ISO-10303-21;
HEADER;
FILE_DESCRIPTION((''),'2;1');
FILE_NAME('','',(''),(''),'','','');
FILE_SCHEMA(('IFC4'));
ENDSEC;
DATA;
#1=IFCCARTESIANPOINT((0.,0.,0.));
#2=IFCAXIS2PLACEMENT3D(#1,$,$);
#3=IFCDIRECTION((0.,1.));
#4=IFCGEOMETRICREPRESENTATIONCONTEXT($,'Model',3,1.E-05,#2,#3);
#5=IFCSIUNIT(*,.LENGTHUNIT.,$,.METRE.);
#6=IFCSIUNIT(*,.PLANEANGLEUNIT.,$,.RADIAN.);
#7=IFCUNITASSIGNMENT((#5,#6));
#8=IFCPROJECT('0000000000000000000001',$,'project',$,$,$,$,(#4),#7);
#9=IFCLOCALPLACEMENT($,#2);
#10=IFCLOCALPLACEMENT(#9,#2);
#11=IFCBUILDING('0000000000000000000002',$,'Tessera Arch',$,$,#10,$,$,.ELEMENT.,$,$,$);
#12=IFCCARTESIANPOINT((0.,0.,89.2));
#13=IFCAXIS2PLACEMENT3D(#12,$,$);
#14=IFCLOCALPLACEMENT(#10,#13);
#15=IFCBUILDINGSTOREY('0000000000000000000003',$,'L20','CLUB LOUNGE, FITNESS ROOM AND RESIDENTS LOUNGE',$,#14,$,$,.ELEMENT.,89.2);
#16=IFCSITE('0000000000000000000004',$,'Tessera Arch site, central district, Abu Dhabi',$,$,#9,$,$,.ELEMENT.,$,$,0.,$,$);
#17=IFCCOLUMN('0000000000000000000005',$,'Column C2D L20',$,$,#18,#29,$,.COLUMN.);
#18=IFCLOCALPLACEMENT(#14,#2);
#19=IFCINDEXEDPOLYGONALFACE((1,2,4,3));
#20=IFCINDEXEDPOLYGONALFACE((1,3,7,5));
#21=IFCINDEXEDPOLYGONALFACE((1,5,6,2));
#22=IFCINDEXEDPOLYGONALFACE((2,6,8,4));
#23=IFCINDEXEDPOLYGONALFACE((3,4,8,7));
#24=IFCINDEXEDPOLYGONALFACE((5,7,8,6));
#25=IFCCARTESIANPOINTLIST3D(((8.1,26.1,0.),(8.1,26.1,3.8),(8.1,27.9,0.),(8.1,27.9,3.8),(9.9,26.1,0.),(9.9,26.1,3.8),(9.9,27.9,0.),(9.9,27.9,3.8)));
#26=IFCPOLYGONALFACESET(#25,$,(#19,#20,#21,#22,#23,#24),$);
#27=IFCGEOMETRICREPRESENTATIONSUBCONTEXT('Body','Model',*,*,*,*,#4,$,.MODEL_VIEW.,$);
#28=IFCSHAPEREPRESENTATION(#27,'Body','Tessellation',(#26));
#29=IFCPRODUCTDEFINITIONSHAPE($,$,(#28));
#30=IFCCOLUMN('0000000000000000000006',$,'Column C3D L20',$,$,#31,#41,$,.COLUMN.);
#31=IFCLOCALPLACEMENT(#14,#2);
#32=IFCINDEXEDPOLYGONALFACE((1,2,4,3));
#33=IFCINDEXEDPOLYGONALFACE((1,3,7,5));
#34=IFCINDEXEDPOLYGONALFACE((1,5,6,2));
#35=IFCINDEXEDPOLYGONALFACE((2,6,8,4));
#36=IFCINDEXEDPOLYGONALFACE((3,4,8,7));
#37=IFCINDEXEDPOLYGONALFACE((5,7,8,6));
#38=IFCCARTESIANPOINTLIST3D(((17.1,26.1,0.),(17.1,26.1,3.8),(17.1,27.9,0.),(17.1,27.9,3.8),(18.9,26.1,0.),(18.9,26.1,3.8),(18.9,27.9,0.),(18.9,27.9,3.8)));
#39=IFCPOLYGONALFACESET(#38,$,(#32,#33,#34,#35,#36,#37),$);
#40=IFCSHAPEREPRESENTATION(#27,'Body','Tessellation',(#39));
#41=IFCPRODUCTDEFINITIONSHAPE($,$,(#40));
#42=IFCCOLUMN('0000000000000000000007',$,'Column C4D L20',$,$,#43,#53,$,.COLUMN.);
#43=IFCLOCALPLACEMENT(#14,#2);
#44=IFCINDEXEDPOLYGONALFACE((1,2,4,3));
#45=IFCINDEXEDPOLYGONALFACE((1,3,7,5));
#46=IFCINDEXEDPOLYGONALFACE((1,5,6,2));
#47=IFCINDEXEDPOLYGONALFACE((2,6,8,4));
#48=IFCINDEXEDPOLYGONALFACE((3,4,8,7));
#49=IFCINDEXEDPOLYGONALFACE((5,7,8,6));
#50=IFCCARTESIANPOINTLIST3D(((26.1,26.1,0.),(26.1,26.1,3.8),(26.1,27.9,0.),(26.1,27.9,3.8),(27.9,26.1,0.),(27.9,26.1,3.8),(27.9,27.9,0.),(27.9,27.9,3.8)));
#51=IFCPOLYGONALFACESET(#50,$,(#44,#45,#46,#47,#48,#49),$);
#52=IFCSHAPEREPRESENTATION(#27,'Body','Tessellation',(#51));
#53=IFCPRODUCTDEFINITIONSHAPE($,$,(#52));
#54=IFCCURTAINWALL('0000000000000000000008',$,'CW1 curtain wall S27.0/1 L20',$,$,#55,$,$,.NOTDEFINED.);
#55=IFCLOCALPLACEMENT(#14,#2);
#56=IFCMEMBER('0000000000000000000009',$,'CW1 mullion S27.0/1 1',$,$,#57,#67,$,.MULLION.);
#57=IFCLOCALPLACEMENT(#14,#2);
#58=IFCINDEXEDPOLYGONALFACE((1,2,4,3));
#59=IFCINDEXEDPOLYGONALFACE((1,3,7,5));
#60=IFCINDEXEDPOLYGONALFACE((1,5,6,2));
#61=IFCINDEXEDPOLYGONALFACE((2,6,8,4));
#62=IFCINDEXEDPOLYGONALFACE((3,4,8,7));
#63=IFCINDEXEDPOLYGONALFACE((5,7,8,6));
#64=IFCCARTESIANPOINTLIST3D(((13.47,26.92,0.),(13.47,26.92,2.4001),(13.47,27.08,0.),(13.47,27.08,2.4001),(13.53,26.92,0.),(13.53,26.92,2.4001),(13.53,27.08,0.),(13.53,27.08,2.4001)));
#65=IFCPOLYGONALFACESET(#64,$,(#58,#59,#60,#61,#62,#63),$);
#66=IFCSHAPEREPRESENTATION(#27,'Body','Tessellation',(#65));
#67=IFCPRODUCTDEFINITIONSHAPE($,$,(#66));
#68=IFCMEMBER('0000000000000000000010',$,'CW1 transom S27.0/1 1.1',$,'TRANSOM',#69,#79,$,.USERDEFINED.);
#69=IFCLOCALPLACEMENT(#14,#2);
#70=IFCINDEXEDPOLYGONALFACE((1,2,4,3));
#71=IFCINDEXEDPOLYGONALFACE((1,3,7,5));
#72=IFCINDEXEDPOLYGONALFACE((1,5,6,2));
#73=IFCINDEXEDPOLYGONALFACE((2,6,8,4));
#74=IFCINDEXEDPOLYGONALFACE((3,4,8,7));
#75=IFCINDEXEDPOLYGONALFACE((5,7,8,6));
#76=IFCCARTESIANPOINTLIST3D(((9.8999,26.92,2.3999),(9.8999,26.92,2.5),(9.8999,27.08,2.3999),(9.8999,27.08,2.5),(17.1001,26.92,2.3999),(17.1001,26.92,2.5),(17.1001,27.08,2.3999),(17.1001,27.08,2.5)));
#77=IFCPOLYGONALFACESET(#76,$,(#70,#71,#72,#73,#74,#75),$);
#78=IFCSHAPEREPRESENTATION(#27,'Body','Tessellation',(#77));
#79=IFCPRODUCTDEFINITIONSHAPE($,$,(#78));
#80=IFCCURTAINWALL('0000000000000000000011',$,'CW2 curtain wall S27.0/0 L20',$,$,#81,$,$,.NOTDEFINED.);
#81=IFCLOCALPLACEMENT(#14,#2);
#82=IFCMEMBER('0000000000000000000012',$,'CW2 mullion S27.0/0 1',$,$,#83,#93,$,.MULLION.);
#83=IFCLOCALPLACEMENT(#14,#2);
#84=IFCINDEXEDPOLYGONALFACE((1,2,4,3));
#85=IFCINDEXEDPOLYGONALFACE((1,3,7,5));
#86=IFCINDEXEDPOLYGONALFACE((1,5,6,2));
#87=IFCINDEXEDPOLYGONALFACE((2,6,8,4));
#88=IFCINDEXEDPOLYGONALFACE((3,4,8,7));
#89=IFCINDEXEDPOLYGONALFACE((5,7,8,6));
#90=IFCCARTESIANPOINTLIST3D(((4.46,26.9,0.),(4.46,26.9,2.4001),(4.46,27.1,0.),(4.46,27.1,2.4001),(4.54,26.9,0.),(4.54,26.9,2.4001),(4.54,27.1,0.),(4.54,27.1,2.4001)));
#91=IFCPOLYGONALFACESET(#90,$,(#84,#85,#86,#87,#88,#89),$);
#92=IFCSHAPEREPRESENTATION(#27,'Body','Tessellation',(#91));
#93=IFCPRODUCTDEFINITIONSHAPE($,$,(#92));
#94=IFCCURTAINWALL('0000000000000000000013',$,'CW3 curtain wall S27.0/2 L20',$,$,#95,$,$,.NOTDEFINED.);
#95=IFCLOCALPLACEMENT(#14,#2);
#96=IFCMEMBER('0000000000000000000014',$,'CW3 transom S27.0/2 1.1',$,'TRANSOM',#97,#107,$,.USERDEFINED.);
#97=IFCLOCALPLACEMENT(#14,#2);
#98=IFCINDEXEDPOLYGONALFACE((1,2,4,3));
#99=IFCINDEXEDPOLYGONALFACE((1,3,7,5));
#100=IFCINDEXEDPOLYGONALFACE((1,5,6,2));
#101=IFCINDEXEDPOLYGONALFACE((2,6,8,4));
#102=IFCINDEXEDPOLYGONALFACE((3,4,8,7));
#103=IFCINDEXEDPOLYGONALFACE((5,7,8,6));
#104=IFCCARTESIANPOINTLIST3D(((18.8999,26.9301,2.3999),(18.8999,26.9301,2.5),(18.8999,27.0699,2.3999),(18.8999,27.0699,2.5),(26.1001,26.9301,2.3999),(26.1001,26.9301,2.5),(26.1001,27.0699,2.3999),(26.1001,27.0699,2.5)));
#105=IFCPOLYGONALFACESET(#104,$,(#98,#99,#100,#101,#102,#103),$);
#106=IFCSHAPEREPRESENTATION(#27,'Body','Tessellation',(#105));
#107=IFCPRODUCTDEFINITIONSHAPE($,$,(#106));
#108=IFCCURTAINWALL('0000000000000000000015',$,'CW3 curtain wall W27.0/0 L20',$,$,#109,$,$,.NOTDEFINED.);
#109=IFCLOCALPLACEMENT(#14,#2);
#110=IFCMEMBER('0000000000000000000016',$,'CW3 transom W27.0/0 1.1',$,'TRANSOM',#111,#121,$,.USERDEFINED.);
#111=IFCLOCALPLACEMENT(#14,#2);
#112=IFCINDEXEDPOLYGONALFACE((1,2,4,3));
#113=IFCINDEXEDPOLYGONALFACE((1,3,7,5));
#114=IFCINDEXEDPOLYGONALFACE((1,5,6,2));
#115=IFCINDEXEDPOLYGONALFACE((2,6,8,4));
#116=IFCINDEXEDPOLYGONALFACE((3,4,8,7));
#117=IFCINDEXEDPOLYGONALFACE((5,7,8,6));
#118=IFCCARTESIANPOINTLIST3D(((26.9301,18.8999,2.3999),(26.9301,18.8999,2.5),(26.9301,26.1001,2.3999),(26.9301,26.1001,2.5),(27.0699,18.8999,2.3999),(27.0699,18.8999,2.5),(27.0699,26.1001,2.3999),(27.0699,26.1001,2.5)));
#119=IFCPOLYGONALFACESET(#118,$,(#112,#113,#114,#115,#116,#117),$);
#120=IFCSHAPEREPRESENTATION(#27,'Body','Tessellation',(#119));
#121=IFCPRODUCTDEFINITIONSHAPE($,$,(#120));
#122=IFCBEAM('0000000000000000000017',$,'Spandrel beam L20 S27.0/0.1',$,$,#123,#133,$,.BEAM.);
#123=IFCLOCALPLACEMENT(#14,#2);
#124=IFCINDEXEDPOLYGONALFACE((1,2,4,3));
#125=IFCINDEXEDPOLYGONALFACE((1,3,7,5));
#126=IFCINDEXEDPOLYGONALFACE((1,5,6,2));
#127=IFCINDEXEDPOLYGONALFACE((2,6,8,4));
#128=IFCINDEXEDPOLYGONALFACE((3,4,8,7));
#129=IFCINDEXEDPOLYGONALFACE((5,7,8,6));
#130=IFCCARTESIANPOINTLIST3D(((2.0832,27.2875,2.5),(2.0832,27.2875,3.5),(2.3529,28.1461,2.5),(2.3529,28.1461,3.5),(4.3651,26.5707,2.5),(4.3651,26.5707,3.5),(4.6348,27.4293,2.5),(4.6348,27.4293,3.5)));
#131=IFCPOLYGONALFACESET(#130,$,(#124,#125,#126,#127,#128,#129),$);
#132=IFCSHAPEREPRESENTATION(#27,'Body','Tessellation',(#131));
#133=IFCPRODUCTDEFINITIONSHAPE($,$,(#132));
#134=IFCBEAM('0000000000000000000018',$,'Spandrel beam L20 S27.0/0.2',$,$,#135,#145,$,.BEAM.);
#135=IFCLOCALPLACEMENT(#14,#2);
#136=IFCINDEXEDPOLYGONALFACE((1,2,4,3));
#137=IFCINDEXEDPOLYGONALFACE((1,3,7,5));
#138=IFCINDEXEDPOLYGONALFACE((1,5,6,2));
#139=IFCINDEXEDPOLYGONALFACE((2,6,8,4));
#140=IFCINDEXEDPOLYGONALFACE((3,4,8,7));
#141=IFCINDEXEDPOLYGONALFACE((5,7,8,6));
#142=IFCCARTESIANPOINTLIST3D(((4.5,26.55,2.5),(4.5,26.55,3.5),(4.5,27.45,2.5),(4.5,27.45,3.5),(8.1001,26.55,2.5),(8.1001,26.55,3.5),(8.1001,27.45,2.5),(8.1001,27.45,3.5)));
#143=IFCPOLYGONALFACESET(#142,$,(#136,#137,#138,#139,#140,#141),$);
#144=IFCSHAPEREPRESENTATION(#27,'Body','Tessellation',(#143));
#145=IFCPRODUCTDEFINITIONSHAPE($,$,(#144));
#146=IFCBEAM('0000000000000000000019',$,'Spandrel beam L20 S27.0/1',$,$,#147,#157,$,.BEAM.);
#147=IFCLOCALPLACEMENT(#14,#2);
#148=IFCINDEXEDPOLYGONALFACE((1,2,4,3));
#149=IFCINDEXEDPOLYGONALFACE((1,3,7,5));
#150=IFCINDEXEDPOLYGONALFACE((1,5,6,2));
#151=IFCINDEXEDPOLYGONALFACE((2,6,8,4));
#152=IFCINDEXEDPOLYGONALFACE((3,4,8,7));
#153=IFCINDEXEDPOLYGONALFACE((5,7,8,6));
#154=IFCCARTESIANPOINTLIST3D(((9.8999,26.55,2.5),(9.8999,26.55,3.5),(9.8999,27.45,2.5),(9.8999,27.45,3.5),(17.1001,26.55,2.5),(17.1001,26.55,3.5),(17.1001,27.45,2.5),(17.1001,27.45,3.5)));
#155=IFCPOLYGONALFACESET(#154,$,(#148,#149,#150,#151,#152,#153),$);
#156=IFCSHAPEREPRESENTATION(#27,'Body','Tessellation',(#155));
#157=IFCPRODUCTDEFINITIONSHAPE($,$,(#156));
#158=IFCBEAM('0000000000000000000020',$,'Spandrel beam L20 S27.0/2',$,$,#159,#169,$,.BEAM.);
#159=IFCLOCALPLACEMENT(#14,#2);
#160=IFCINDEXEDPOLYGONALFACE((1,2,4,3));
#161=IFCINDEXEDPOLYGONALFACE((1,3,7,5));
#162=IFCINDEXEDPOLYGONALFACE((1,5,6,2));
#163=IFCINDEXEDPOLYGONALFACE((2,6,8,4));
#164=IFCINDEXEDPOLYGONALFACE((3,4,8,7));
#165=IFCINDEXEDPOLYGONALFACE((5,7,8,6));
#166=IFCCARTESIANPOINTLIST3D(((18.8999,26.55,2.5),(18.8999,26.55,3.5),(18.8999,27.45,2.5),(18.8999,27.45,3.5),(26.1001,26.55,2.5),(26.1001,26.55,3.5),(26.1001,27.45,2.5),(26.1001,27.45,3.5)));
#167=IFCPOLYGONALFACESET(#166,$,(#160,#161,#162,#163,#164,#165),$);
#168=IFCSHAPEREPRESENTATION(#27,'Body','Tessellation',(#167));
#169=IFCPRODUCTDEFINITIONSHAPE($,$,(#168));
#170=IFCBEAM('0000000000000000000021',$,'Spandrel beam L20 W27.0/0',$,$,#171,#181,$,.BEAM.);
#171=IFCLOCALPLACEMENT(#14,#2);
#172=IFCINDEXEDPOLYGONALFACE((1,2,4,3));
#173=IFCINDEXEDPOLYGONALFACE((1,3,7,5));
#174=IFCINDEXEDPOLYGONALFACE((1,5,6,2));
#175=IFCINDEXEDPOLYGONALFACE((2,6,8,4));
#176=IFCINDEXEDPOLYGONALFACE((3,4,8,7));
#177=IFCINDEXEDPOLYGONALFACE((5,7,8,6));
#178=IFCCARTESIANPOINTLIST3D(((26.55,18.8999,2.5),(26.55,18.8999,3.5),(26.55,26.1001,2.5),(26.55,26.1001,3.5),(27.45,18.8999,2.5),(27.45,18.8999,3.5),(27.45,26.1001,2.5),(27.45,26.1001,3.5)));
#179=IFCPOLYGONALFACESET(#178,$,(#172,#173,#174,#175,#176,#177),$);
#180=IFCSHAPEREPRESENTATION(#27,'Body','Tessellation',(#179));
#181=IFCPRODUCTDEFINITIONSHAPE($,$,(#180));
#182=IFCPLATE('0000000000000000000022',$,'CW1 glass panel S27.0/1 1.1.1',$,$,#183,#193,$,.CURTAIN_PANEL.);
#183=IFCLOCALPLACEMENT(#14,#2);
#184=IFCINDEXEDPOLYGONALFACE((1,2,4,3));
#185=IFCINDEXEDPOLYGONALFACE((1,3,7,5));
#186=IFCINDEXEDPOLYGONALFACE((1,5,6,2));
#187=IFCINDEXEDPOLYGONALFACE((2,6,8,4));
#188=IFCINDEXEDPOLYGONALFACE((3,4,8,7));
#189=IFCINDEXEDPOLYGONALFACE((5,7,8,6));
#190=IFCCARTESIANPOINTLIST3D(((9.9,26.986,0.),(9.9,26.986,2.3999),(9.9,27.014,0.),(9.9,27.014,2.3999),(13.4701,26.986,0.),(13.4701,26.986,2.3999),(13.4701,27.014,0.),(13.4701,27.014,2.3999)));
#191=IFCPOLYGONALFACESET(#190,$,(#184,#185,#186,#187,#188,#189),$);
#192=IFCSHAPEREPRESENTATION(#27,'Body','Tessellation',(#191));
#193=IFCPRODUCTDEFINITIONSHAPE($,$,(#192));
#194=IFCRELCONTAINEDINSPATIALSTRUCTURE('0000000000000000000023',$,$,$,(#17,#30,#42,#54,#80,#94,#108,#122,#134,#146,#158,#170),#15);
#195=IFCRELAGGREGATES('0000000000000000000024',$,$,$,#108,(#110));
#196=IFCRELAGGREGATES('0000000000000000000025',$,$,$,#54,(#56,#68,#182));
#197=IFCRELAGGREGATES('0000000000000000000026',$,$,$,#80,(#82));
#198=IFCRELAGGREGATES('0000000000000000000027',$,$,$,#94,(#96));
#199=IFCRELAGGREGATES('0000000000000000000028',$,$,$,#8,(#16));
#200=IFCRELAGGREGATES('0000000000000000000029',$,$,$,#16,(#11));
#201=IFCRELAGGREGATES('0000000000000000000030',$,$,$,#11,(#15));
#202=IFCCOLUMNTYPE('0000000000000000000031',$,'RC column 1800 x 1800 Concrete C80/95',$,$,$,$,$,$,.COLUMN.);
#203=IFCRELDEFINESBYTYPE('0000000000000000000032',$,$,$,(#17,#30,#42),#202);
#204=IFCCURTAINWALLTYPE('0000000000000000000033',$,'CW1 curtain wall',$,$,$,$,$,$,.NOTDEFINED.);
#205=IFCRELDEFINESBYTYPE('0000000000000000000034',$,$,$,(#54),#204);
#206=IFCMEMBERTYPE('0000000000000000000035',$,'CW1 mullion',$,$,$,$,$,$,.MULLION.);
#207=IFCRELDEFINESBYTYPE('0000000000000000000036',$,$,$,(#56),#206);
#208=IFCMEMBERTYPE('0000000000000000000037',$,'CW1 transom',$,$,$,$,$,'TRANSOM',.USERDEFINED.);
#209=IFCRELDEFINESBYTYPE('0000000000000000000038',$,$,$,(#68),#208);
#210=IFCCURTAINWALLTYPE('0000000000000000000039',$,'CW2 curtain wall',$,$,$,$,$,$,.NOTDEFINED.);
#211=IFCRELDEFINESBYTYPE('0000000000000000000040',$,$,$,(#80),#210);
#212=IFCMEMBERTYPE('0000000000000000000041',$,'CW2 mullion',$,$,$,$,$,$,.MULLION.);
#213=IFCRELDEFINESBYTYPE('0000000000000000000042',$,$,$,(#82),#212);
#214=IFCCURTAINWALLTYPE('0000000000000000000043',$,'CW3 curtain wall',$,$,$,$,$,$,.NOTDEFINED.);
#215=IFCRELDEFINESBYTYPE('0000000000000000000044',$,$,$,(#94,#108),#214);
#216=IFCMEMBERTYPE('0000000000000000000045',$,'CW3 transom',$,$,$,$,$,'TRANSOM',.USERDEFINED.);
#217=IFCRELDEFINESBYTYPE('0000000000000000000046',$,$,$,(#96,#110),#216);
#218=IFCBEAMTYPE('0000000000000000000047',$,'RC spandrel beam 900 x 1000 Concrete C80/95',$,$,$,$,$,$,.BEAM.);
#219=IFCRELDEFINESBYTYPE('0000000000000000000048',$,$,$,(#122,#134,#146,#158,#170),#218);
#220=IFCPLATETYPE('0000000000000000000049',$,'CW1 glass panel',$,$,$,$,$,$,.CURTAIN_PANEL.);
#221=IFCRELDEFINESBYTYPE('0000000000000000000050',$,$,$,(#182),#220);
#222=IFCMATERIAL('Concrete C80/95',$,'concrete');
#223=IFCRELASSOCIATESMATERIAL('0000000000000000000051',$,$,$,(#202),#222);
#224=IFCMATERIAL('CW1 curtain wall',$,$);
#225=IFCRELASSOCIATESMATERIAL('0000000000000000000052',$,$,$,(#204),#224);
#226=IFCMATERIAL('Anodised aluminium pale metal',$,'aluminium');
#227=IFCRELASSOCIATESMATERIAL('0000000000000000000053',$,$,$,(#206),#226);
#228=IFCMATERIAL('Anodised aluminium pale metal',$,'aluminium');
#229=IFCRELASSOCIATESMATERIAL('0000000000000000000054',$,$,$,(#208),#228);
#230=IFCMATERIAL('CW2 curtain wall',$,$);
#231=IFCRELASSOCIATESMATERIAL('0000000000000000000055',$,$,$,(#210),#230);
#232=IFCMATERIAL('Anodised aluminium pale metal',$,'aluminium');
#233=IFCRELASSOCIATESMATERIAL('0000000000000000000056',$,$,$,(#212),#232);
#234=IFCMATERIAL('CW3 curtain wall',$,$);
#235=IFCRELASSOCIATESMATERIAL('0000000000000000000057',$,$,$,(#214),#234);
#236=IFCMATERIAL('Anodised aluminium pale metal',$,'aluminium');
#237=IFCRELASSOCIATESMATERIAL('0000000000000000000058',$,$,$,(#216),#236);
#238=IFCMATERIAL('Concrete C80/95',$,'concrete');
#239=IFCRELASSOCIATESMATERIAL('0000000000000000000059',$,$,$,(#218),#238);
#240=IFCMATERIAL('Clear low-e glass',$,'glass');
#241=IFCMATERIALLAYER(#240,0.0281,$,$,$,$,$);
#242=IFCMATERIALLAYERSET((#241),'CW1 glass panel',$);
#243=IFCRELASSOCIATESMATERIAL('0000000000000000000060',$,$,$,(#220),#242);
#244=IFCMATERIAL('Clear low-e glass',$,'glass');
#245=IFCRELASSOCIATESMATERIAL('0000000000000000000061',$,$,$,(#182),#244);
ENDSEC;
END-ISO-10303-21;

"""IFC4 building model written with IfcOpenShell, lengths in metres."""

from ifc_helpers import new_model, si_unit, direction, frame, origin, origin_2d, place, context, subcontext, project, spatial, rectangle, extrude, material, layer, layer_set, material_profile, profile_set, type_object, element, aggregate, save


model = new_model("IFC4")

# Units and contexts
model_context = context("Model", 3, precision=1e-05, world=origin(), true_north=direction((0.0, 1.0)))
body_context = subcontext(model_context, "Body", "Model", "MODEL_VIEW")
ifc_project = project(units=[si_unit("LENGTHUNIT", "METRE"), si_unit("PLANEANGLEUNIT", "RADIAN")], contexts=[model_context])

# Site, building, storey
site_placement = place(None, origin())
site = spatial("IfcSite", under=ifc_project, at=site_placement, Name="Tessera Arch site, central district, Abu Dhabi", CompositionType="ELEMENT", RefElevation=0.0)
building_placement = place(site_placement, origin())
building = spatial("IfcBuilding", under=site, at=building_placement, Name="Tessera Arch", CompositionType="ELEMENT")
storey_placement = place(building_placement, frame((0.0, 0.0, 89.2)))
storey = spatial("IfcBuildingStorey", under=building, at=storey_placement, Name="L20", Description="CLUB LOUNGE, FITNESS ROOM AND RESIDENTS LOUNGE", CompositionType="ELEMENT", Elevation=89.2)

# Columns
ifc_material_1 = material(Name="Concrete C80/95", Category="concrete")
ifc_material_profile_1 = material_profile(ifc_material_1, rectangle(XDim=1.8, YDim=1.8, at=origin_2d()), Name="RC column 1800 x 1800 Concrete C80/95")
ifc_profile_set_1 = profile_set([ifc_material_profile_1], Name="Concrete C80/95")
column_type = type_object("IfcColumnType", Name="RC column 1800 x 1800 Concrete C80/95", PredefinedType="COLUMN", material=ifc_profile_set_1)
for number, where, z_axis, x_axis, name in (
    (1, (9.0, 27.0, 0.0), (0.0, 0.0, 1.0), (1.0, 0.0, 0.0), "Column C2D L20"),
    (2, (18.0, 27.0, 0.0), (0.0, 0.0, 1.0), (1.0, 0.0, 0.0), "Column C3D L20"),
    (3, (27.0, 27.0, 0.0), (0.0, 0.0, 1.0), (1.0, 0.0, 0.0), "Column C4D L20"),
):
    element("IfcColumn", number, at=place(storey_placement, frame(where, z_axis=z_axis, x_axis=x_axis)), inside=storey, type_object=column_type, Name=name, PredefinedType="COLUMN", context=body_context, shape_type="SweptSolid", body=[
        extrude(rectangle(XDim=1.8, YDim=1.8, at=origin_2d()), origin(), (0.0, 0.0, 1.0), 3.8),
    ])

# Curtain wall, members
ifc_material_2 = material(Name="CW1 curtain wall")
curtain_wall_type_1 = type_object("IfcCurtainWallType", Name="CW1 curtain wall", PredefinedType="NOTDEFINED", material=ifc_material_2)
curtain_wall_1_placement = place(storey_placement, origin())
curtain_wall_1 = element("IfcCurtainWall", 4, at=curtain_wall_1_placement, inside=storey, type_object=curtain_wall_type_1, Name="CW1 curtain wall S27.0/1 L20", PredefinedType="NOTDEFINED")
ifc_material_3 = material(Name="Anodised aluminium pale metal", Category="aluminium")
ifc_material_profile_2 = material_profile(ifc_material_3, rectangle(XDim=0.1599, YDim=0.0601, at=origin_2d()), Name="AL 60x160")
ifc_profile_set_2 = profile_set([ifc_material_profile_2], Name="Anodised aluminium pale metal")
member_type_1 = type_object("IfcMemberType", Name="CW1 mullion", PredefinedType="MULLION", material=ifc_profile_set_2)
member_1_placement = place(storey_placement, frame((13.5, 27.0, 0.0), z_axis=(0.0, 0.0, 1.0), x_axis=(0.0, 1.0, 0.0)))
member_1 = element("IfcMember", 5, at=member_1_placement, type_object=member_type_1, Name="CW1 mullion S27.0/1 1", PredefinedType="MULLION", context=body_context, shape_type="SweptSolid", body=[
    extrude(rectangle(XDim=0.1599, YDim=0.0601, at=origin_2d()), origin(), (0.0, 0.0, 1.0), 2.4001),
])
ifc_material_4 = material(Name="Anodised aluminium pale metal", Category="aluminium")
ifc_material_profile_3 = material_profile(ifc_material_4, rectangle(XDim=0.1599, YDim=0.1001, at=origin_2d()), Name="AL 160x100")
ifc_profile_set_3 = profile_set([ifc_material_profile_3], Name="Anodised aluminium pale metal")
member_type_2 = type_object("IfcMemberType", Name="CW1 transom", ElementType="TRANSOM", PredefinedType="USERDEFINED", material=ifc_profile_set_3)
member_2_placement = place(storey_placement, frame((9.8999, 27.0, 2.45), z_axis=(1.0, 0.0, 0.0), x_axis=(0.0, 1.0, 0.0)))
member_2 = element("IfcMember", 6, at=member_2_placement, type_object=member_type_2, Name="CW1 transom S27.0/1 1.1", ObjectType="TRANSOM", PredefinedType="USERDEFINED", context=body_context, shape_type="SweptSolid", body=[
    extrude(rectangle(XDim=0.1599, YDim=0.1001, at=origin_2d()), origin(), (0.0, 0.0, 1.0), 7.2002),
])

# Curtain walls, members
ifc_material_5 = material(Name="CW2 curtain wall")
curtain_wall_type_2 = type_object("IfcCurtainWallType", Name="CW2 curtain wall", PredefinedType="NOTDEFINED", material=ifc_material_5)
curtain_wall_2_placement = place(storey_placement, origin())
curtain_wall_2 = element("IfcCurtainWall", 7, at=curtain_wall_2_placement, inside=storey, type_object=curtain_wall_type_2, Name="CW2 curtain wall S27.0/0 L20", PredefinedType="NOTDEFINED")
ifc_material_6 = material(Name="Anodised aluminium pale metal", Category="aluminium")
ifc_material_profile_4 = material_profile(ifc_material_6, rectangle(XDim=0.2, YDim=0.0801, at=origin_2d()), Name="AL 80x200")
ifc_profile_set_4 = profile_set([ifc_material_profile_4], Name="Anodised aluminium pale metal")
member_type_3 = type_object("IfcMemberType", Name="CW2 mullion", PredefinedType="MULLION", material=ifc_profile_set_4)
member_3_placement = place(storey_placement, frame((4.5, 27.0, 0.0), z_axis=(0.0, 0.0, 1.0), x_axis=(0.0, 1.0, 0.0)))
member_3 = element("IfcMember", 8, at=member_3_placement, type_object=member_type_3, Name="CW2 mullion S27.0/0 1", PredefinedType="MULLION", context=body_context, shape_type="SweptSolid", body=[
    extrude(rectangle(XDim=0.2, YDim=0.0801, at=origin_2d()), origin(), (0.0, 0.0, 1.0), 2.4001),
])
ifc_material_7 = material(Name="CW3 curtain wall")
curtain_wall_type_3 = type_object("IfcCurtainWallType", Name="CW3 curtain wall", PredefinedType="NOTDEFINED", material=ifc_material_7)
curtain_wall_3_placement = place(storey_placement, origin())
curtain_wall_3 = element("IfcCurtainWall", 9, at=curtain_wall_3_placement, inside=storey, type_object=curtain_wall_type_3, Name="CW3 curtain wall S27.0/2 L20", PredefinedType="NOTDEFINED")
ifc_material_8 = material(Name="Anodised aluminium pale metal", Category="aluminium")
ifc_material_profile_5 = material_profile(ifc_material_8, rectangle(XDim=0.1399, YDim=0.1001, at=origin_2d()), Name="AL 140x100")
ifc_profile_set_5 = profile_set([ifc_material_profile_5], Name="Anodised aluminium pale metal")
member_type_4 = type_object("IfcMemberType", Name="CW3 transom", ElementType="TRANSOM", PredefinedType="USERDEFINED", material=ifc_profile_set_5)
member_4_placement = place(storey_placement, frame((18.8999, 27.0, 2.45), z_axis=(1.0, 0.0, 0.0), x_axis=(0.0, 1.0, 0.0)))
member_4 = element("IfcMember", 10, at=member_4_placement, type_object=member_type_4, Name="CW3 transom S27.0/2 1.1", ObjectType="TRANSOM", PredefinedType="USERDEFINED", context=body_context, shape_type="SweptSolid", body=[
    extrude(rectangle(XDim=0.1399, YDim=0.1001, at=origin_2d()), origin(), (0.0, 0.0, 1.0), 7.2002),
])
curtain_wall_4_placement = place(storey_placement, origin())
curtain_wall_4 = element("IfcCurtainWall", 11, at=curtain_wall_4_placement, inside=storey, type_object=curtain_wall_type_3, Name="CW3 curtain wall W27.0/0 L20", PredefinedType="NOTDEFINED")
member_5_placement = place(storey_placement, frame((27.0, 26.1001, 2.45), z_axis=(0.0, -1.0, 0.0), x_axis=(1.0, 0.0, 0.0)))
member_5 = element("IfcMember", 12, at=member_5_placement, type_object=member_type_4, Name="CW3 transom W27.0/0 1.1", ObjectType="TRANSOM", PredefinedType="USERDEFINED", context=body_context, shape_type="SweptSolid", body=[
    extrude(rectangle(XDim=0.1399, YDim=0.1001, at=origin_2d()), origin(), (0.0, 0.0, 1.0), 7.2002),
])
aggregate(curtain_wall_4, [member_5])

# Beams
ifc_material_9 = material(Name="Concrete C80/95", Category="concrete")
ifc_material_profile_6 = material_profile(ifc_material_9, rectangle(XDim=0.8999, YDim=1.0, at=origin_2d()), Name="RC spandrel beam 900 x 1000 Concrete C80/95")
ifc_profile_set_6 = profile_set([ifc_material_profile_6], Name="Concrete C80/95")
beam_type = type_object("IfcBeamType", Name="RC spandrel beam 900 x 1000 Concrete C80/95", PredefinedType="BEAM", material=ifc_profile_set_6)
beam_1_placement = place(storey_placement, frame((2.218, 27.7168, 3.0), z_axis=(0.954041, -0.299675, 0.0), x_axis=(0.299675, 0.954041, 0.0)))
element("IfcBeam", 13, at=beam_1_placement, inside=storey, type_object=beam_type, Name="Spandrel beam L20 S27.0/0.1", PredefinedType="BEAM", context=body_context, shape_type="SweptSolid", body=[
    extrude(rectangle(XDim=0.8999, YDim=1.0, at=origin_2d()), origin(), (0.0, 0.0, 1.0), 2.3918),
])
beam_2_placement = place(storey_placement, frame((4.5, 27.0, 3.0), z_axis=(1.0, 0.0, 0.0), x_axis=(0.0, 1.0, 0.0)))
element("IfcBeam", 14, at=beam_2_placement, inside=storey, type_object=beam_type, Name="Spandrel beam L20 S27.0/0.2", PredefinedType="BEAM", context=body_context, shape_type="SweptSolid", body=[
    extrude(rectangle(XDim=0.8999, YDim=1.0, at=origin_2d()), origin(), (0.0, 0.0, 1.0), 3.6001),
])
for number, where, z_axis, x_axis, name in (
    (15, (9.8999, 27.0, 3.0), (1.0, 0.0, 0.0), (0.0, 1.0, 0.0), "Spandrel beam L20 S27.0/1"),
    (16, (18.8999, 27.0, 3.0), (1.0, 0.0, 0.0), (0.0, 1.0, 0.0), "Spandrel beam L20 S27.0/2"),
    (17, (27.0, 26.1001, 3.0), (0.0, -1.0, 0.0), (1.0, 0.0, 0.0), "Spandrel beam L20 W27.0/0"),
):
    element("IfcBeam", number, at=place(storey_placement, frame(where, z_axis=z_axis, x_axis=x_axis)), inside=storey, type_object=beam_type, Name=name, PredefinedType="BEAM", context=body_context, shape_type="SweptSolid", body=[
        extrude(rectangle(XDim=0.8999, YDim=1.0, at=origin_2d()), origin(), (0.0, 0.0, 1.0), 7.2002),
    ])

# Plate
ifc_material_10 = material(Name="Clear low-e glass", Category="glass")
ifc_material_11 = material(Name="Clear low-e glass", Category="glass")
ifc_layer_1 = layer(ifc_material_11, 0.0281)
ifc_layer_set_1 = layer_set([ifc_layer_1], Name="CW1 glass panel")
plate_type_1 = type_object("IfcPlateType", Name="CW1 glass panel", PredefinedType="CURTAIN_PANEL", material=ifc_layer_set_1)
plate_1_placement = place(storey_placement, frame((11.6851, 27.0, 0.0), z_axis=(0.0, 0.0, 1.0), x_axis=(1.0, 0.0, 0.0)))
plate_1 = element("IfcPlate", 18, at=plate_1_placement, type_object=plate_type_1, material=ifc_material_10, Name="CW1 glass panel S27.0/1 1.1.1", PredefinedType="CURTAIN_PANEL", context=body_context, shape_type="SweptSolid", body=[
    extrude(rectangle(XDim=3.5701, YDim=0.0281, at=origin_2d()), origin(), (0.0, 0.0, 1.0), 2.3999),
])
aggregate(curtain_wall_1, [member_1, member_2, plate_1])
aggregate(curtain_wall_2, [member_3])
aggregate(curtain_wall_3, [member_4])

save(model, "model.ifc")
